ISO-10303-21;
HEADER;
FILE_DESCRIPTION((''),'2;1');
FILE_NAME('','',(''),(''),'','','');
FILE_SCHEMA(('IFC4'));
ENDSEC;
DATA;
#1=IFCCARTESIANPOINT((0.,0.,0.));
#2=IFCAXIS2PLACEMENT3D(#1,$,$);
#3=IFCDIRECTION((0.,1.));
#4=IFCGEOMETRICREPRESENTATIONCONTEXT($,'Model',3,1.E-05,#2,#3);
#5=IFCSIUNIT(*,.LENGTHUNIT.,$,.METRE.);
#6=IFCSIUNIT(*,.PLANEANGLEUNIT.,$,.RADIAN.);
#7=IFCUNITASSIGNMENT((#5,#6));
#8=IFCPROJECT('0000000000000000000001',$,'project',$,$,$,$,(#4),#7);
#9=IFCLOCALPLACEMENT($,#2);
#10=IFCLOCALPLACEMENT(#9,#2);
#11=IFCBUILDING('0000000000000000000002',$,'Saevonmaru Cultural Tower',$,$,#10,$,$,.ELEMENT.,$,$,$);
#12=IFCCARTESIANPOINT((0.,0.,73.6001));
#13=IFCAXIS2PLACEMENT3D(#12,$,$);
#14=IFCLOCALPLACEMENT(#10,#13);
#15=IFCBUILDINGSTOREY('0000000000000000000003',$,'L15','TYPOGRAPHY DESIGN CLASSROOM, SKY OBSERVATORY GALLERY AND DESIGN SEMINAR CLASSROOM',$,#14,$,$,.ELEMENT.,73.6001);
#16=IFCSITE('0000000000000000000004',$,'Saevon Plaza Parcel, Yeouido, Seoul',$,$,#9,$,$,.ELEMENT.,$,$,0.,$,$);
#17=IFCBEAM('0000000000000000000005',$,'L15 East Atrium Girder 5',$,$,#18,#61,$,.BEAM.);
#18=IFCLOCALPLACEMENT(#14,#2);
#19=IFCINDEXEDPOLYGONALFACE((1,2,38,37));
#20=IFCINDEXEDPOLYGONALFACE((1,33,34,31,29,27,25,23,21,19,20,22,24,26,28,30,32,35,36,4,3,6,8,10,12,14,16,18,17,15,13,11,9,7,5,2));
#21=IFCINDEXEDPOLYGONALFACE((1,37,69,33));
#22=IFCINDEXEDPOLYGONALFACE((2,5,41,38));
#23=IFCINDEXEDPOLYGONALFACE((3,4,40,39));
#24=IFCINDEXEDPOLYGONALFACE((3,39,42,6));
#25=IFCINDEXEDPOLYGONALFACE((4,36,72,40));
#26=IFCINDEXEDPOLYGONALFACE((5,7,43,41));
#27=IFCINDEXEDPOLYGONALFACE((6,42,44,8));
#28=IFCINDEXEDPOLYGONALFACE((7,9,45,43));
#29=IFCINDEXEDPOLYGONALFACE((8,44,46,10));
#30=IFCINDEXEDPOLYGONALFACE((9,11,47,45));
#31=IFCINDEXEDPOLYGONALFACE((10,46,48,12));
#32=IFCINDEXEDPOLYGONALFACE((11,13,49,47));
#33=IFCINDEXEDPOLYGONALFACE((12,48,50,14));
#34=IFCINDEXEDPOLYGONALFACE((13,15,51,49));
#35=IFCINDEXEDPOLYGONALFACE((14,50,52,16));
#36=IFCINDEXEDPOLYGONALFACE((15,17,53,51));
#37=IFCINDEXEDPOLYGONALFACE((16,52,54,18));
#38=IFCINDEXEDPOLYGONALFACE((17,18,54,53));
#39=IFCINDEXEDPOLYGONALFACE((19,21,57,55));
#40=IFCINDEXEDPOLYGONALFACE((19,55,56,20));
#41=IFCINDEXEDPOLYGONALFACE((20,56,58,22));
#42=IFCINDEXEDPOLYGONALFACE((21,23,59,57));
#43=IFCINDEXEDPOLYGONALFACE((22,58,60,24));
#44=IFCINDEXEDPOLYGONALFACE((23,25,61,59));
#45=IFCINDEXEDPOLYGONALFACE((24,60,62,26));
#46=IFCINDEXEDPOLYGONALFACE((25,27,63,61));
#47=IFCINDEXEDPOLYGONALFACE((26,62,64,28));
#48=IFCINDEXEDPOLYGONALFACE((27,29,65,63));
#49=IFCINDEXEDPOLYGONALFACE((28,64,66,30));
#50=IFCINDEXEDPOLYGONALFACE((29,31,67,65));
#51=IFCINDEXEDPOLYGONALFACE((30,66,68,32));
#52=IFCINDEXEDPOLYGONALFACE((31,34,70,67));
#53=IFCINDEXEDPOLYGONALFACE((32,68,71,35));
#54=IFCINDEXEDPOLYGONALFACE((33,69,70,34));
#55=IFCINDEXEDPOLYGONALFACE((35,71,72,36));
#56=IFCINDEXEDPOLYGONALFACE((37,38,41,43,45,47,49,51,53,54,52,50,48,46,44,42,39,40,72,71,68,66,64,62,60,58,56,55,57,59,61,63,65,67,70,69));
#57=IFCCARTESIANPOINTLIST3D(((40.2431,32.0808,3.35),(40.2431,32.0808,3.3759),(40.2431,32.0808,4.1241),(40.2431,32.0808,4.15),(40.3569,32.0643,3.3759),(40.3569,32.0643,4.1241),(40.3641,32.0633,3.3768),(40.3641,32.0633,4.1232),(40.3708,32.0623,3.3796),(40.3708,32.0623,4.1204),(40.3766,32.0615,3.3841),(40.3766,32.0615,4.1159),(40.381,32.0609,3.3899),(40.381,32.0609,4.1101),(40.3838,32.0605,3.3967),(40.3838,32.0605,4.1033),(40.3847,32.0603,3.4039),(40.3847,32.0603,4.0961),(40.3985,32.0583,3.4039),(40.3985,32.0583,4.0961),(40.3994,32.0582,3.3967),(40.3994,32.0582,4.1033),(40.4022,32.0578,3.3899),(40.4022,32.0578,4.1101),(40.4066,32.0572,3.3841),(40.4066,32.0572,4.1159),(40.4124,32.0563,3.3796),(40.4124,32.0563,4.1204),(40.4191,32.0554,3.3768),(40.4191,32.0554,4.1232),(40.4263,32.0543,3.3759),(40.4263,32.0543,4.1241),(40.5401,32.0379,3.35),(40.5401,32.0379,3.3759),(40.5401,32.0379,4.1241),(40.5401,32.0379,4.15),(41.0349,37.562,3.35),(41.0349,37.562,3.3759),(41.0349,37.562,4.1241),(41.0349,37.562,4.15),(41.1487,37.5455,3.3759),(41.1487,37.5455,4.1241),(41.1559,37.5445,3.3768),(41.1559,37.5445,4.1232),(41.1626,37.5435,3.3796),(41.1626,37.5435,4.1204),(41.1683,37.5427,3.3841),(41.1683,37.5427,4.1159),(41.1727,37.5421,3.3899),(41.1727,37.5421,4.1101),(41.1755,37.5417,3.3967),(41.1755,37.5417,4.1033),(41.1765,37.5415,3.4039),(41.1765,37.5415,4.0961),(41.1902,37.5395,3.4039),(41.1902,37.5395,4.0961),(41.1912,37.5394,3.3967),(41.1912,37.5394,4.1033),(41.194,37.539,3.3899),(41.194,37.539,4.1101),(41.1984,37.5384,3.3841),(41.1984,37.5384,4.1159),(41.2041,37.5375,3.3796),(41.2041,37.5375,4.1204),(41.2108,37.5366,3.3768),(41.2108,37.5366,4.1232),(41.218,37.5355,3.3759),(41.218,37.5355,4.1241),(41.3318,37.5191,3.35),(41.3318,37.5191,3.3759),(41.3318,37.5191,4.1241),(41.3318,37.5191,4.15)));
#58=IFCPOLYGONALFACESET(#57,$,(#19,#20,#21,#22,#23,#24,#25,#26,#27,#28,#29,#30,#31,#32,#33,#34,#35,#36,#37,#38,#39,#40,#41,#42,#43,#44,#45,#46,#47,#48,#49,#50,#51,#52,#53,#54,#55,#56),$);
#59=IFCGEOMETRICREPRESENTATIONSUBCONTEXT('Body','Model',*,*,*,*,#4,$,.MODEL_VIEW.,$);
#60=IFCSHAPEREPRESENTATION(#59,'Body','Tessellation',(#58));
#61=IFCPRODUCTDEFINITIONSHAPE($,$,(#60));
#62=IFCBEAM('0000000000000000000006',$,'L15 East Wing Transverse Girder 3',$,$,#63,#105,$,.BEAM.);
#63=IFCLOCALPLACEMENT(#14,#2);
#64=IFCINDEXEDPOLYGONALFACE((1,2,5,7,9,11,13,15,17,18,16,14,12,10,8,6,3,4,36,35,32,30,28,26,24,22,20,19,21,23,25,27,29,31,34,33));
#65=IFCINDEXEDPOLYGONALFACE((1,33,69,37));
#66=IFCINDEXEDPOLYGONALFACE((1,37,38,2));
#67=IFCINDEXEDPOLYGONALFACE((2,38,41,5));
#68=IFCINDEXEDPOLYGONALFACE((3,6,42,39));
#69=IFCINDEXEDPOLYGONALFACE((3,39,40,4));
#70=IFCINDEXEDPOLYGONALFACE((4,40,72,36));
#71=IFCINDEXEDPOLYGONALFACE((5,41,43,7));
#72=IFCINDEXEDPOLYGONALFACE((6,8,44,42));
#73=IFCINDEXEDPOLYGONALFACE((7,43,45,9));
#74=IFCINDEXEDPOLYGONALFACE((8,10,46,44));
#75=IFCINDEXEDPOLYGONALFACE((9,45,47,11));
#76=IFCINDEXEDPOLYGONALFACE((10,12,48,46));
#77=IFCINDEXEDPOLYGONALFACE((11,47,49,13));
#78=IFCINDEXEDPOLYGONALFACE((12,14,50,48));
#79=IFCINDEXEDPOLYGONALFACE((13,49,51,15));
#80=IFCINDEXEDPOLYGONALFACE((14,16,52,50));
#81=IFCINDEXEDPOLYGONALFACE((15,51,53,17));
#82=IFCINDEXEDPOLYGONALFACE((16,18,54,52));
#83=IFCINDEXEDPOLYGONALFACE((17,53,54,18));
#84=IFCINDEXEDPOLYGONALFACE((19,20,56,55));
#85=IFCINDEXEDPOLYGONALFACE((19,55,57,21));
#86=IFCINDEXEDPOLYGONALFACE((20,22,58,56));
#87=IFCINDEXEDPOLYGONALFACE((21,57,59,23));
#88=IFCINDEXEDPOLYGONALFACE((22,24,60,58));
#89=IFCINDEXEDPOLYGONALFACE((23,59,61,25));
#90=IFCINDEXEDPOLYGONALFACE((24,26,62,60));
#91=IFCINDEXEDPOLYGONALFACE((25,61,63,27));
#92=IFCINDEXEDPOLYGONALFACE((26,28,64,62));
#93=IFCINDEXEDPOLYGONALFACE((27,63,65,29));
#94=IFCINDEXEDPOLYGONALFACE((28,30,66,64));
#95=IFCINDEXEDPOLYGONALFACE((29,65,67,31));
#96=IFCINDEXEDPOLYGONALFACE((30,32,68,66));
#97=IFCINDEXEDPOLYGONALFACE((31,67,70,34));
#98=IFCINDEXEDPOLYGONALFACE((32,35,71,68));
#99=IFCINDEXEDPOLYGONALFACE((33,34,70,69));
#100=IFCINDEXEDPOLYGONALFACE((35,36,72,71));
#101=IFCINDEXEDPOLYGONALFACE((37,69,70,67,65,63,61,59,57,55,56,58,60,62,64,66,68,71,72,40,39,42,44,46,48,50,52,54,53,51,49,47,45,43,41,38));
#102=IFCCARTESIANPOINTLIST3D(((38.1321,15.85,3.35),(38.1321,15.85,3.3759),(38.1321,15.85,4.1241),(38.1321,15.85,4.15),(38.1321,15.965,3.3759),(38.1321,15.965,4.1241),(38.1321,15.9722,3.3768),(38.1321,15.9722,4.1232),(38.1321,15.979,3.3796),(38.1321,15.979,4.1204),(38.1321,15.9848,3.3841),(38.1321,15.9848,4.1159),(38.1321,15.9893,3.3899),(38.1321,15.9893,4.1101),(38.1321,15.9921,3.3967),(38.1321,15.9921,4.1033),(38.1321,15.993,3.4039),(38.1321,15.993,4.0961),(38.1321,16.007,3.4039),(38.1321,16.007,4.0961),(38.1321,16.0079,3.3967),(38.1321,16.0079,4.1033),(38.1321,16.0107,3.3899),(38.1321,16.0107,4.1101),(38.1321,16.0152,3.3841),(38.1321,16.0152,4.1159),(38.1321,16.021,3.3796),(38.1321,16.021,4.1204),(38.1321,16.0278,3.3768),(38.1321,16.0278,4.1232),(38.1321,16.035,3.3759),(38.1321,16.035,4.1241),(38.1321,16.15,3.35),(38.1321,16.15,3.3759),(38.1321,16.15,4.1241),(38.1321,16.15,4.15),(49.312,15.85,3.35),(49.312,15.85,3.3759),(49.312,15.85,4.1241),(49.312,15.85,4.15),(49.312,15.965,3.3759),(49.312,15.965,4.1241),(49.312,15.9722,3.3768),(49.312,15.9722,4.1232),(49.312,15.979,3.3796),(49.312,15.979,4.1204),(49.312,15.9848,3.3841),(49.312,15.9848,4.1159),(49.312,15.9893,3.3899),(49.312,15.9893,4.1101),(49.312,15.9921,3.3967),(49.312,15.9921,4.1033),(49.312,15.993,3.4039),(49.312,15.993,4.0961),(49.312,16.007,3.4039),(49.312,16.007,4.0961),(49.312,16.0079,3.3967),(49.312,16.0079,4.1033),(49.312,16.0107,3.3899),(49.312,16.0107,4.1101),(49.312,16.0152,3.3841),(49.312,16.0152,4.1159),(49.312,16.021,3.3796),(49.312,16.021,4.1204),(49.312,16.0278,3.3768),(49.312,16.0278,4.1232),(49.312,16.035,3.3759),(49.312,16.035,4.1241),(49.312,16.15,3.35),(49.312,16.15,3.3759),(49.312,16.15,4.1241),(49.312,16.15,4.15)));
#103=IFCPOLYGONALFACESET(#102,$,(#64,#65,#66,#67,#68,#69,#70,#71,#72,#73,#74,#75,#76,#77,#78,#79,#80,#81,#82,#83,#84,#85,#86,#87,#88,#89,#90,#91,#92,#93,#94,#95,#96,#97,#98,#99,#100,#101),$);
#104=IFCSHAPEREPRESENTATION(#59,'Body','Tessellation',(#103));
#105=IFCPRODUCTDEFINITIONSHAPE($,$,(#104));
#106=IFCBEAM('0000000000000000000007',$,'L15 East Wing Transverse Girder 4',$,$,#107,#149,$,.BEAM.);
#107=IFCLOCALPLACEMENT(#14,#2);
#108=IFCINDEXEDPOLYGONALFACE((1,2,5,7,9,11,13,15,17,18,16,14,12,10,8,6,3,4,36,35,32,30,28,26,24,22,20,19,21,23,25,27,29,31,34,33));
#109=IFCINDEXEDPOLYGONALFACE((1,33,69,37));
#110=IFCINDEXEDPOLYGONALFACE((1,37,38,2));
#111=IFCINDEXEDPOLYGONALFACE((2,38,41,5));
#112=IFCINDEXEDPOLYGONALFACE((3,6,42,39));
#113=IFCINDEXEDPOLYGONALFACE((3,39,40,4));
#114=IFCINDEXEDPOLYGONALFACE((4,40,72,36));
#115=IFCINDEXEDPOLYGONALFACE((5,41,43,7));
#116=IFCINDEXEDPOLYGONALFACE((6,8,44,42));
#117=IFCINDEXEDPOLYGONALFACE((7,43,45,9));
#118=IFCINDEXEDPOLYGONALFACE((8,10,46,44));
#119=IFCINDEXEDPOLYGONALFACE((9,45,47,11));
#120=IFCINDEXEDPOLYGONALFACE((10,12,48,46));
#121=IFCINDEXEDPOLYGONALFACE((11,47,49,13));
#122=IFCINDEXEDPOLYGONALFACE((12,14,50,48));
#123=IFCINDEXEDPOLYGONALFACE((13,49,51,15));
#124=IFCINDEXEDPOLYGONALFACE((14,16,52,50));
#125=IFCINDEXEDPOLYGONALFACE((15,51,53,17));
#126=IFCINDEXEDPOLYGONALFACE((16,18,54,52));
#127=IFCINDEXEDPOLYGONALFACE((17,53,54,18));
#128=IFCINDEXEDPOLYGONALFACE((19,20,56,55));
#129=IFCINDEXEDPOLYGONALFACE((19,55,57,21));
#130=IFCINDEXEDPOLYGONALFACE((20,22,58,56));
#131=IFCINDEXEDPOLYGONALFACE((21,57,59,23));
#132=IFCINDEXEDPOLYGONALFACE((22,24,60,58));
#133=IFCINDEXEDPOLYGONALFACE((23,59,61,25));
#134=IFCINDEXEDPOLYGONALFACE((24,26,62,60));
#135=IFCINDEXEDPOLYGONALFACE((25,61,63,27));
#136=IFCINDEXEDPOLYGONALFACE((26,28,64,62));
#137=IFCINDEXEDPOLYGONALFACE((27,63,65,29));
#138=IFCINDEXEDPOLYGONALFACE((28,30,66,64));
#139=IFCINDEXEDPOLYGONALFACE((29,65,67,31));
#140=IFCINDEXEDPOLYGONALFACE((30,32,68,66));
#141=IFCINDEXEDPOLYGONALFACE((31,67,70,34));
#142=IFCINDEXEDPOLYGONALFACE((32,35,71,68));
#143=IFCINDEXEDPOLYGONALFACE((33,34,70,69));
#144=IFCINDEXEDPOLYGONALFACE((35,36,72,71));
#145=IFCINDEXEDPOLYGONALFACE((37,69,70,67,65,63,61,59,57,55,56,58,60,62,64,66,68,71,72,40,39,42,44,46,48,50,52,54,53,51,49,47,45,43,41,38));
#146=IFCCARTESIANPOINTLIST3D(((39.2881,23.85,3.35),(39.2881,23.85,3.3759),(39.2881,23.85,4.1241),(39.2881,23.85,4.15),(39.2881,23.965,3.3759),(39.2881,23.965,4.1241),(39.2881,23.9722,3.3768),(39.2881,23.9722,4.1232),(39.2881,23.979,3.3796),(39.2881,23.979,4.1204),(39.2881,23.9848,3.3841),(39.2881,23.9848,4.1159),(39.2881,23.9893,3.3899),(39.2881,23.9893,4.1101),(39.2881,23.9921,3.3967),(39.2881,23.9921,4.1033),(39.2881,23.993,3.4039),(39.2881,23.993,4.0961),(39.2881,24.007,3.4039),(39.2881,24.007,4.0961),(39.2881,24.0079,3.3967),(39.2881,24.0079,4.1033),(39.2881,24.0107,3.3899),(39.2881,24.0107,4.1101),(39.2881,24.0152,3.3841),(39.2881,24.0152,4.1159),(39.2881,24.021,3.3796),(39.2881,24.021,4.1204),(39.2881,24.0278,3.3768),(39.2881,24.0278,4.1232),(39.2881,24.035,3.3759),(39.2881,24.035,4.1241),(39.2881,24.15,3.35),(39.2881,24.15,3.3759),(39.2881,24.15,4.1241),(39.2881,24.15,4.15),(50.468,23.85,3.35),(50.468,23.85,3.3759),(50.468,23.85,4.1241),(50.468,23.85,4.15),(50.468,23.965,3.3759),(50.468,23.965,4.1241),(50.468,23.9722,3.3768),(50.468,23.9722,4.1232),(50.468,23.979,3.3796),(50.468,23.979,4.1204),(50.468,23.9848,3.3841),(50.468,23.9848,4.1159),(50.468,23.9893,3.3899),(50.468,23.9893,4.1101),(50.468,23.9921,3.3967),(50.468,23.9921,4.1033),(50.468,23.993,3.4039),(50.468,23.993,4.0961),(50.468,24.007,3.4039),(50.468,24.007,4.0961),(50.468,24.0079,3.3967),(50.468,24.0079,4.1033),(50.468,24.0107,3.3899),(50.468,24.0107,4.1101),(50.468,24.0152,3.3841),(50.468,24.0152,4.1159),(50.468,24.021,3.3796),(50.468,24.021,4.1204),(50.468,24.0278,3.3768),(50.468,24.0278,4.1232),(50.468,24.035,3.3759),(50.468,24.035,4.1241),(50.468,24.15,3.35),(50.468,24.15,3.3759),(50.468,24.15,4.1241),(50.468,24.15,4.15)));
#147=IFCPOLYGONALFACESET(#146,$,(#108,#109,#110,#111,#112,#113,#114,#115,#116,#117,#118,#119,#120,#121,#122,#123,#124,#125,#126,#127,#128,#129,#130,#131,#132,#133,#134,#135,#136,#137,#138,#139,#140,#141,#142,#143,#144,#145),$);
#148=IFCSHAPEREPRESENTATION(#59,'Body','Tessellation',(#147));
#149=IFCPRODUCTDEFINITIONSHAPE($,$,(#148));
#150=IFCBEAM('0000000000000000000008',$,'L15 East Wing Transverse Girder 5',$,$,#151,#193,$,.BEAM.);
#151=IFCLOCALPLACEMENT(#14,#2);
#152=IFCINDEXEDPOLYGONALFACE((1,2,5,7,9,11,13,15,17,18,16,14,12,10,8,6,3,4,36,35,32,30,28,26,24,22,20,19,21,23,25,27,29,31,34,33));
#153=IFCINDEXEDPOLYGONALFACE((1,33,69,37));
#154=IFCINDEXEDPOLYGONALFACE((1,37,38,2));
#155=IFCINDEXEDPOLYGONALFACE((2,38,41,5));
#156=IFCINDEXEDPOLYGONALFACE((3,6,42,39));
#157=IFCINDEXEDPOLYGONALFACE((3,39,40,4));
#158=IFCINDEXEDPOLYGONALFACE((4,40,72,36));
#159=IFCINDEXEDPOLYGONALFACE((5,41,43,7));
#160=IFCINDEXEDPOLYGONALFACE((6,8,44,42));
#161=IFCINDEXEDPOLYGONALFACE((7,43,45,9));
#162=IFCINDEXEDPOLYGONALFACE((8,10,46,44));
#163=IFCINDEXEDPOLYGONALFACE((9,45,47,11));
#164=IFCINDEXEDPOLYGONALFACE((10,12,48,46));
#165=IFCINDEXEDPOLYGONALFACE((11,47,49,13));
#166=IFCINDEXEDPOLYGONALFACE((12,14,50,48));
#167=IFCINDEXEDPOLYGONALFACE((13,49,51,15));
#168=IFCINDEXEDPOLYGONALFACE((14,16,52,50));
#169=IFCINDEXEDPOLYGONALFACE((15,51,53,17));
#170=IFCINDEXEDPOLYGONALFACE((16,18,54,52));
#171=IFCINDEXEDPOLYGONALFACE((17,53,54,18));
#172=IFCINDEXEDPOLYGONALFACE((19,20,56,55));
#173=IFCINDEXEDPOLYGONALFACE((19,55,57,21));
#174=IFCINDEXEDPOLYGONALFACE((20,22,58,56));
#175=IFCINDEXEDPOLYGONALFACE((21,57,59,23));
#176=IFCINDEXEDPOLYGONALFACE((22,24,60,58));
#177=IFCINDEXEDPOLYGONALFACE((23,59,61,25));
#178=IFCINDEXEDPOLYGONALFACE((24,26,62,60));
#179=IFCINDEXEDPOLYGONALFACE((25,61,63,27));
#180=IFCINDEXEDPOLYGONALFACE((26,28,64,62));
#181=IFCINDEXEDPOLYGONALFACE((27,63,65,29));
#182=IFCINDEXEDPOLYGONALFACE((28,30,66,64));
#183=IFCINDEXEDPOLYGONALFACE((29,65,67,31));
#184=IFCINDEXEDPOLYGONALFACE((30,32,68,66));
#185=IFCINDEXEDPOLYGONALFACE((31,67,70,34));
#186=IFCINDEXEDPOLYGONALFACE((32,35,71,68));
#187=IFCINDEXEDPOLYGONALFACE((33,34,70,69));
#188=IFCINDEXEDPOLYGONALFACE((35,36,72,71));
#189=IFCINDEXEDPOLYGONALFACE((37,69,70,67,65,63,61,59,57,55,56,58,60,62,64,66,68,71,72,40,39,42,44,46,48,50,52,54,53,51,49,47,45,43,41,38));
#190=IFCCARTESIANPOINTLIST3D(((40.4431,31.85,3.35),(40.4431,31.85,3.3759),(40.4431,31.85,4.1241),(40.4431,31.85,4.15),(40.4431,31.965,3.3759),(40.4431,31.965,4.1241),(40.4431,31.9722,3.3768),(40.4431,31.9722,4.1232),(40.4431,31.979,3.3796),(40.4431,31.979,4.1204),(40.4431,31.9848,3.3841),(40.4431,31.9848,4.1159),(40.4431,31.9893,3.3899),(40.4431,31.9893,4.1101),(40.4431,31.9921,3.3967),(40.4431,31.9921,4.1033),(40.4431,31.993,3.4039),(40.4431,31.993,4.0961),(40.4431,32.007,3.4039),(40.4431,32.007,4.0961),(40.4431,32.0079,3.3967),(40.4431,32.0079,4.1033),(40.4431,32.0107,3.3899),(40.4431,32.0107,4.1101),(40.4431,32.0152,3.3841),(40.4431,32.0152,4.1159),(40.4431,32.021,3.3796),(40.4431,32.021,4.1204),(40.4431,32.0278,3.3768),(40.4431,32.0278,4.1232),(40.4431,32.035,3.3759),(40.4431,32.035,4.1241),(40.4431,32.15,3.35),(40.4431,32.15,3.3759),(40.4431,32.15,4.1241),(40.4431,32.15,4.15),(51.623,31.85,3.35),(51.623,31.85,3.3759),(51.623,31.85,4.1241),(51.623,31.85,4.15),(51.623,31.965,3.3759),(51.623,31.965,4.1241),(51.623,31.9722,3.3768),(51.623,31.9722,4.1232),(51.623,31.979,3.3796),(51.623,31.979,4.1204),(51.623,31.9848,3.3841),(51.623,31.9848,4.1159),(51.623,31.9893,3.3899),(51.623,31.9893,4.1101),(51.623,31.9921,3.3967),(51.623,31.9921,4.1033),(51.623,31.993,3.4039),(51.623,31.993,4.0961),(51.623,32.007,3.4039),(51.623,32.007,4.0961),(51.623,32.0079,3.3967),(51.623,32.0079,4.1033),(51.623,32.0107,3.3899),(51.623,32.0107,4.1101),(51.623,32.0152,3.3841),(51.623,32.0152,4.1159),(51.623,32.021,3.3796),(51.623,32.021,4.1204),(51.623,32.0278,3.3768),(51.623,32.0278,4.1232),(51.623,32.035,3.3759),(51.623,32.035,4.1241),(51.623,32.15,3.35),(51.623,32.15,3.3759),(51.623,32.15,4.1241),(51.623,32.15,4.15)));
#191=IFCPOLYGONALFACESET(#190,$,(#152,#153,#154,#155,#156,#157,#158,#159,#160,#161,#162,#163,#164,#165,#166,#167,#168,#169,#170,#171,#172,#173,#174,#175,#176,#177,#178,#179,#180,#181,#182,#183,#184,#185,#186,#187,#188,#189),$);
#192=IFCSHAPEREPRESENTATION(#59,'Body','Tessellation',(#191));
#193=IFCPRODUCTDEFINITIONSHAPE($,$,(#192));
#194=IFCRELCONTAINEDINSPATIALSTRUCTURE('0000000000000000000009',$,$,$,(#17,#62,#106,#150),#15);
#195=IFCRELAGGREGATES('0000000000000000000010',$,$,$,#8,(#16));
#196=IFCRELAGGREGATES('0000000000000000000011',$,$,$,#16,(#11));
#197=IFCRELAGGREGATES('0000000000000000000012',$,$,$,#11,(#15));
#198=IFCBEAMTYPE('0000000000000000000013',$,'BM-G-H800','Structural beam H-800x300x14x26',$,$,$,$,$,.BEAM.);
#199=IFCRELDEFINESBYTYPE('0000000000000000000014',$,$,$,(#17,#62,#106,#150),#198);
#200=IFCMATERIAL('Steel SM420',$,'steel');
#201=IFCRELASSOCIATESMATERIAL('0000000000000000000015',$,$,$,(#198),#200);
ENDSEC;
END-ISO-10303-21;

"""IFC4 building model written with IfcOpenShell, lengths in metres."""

from ifc_helpers import new_model, si_unit, direction, frame, origin, origin_2d, place, context, subcontext, project, spatial, i_section, extrude, material, material_profile, profile_set, type_object, element, save


model = new_model("IFC4")

# Units and contexts
model_context = context("Model", 3, precision=1e-05, world=origin(), true_north=direction((0.0, 1.0)))
body_context = subcontext(model_context, "Body", "Model", "MODEL_VIEW")
ifc_project = project(units=[si_unit("LENGTHUNIT", "METRE"), si_unit("PLANEANGLEUNIT", "RADIAN")], contexts=[model_context])

# Site, building, storey
site_placement = place(None, origin())
site = spatial("IfcSite", under=ifc_project, at=site_placement, Name="Saevon Plaza Parcel, Yeouido, Seoul", CompositionType="ELEMENT", RefElevation=0.0)
building_placement = place(site_placement, origin())
building = spatial("IfcBuilding", under=site, at=building_placement, Name="Saevonmaru Cultural Tower", CompositionType="ELEMENT")
storey_placement = place(building_placement, frame((0.0, 0.0, 73.6001)))
storey = spatial("IfcBuildingStorey", under=building, at=storey_placement, Name="L15", Description="TYPOGRAPHY DESIGN CLASSROOM, SKY OBSERVATORY GALLERY AND DESIGN SEMINAR CLASSROOM", CompositionType="ELEMENT", Elevation=73.6001)

# Shared definitions
ifc_material_1 = material(Name="Steel SM420", Category="steel")

# Beams
ifc_material_profile_1 = material_profile(ifc_material_1, i_section(OverallWidth=0.3, OverallDepth=0.8, WebThickness=0.0139, FlangeThickness=0.0259, FilletRadius=0.0281, at=origin_2d()), Name="H-800x300x14x26")
ifc_profile_set_1 = profile_set([ifc_material_profile_1], Name="Steel SM420")
beam_type_1 = type_object("IfcBeamType", Name="BM-G-H800", Description="Structural beam H-800x300x14x26", PredefinedType="BEAM", material=ifc_profile_set_1)
beam_1_placement = place(storey_placement, frame((40.3916, 32.0593, 3.75), z_axis=(0.142964, 0.989728, 0.0), x_axis=(-0.989728, 0.142964, 0.0)))
element("IfcBeam", 1, at=beam_1_placement, inside=storey, type_object=beam_type_1, Name="L15 East Atrium Girder 5", PredefinedType="BEAM", context=body_context, shape_type="SweptSolid", body=[
    extrude(i_section(OverallWidth=0.3, OverallDepth=0.8, WebThickness=0.0139, FlangeThickness=0.0259, FilletRadius=0.0281, at=origin_2d()), origin(), (0.0, 0.0, 1.0), 5.5381),
])
for number, where, z_axis, x_axis, name in (
    (2, (38.1321, 16.0, 3.75), (1.0, 0.0, 0.0), (0.0, 1.0, 0.0), "L15 East Wing Transverse Girder 3"),
    (3, (39.2881, 24.0, 3.75), (1.0, 0.0, 0.0), (0.0, 1.0, 0.0), "L15 East Wing Transverse Girder 4"),
    (4, (40.4431, 32.0, 3.75), (1.0, 0.0, 0.0), (0.0, 1.0, 0.0), "L15 East Wing Transverse Girder 5"),
):
    element("IfcBeam", number, at=place(storey_placement, frame(where, z_axis=z_axis, x_axis=x_axis)), inside=storey, type_object=beam_type_1, Name=name, PredefinedType="BEAM", context=body_context, shape_type="SweptSolid", body=[
        extrude(i_section(OverallWidth=0.3, OverallDepth=0.8, WebThickness=0.0139, FlangeThickness=0.0259, FilletRadius=0.0281, at=origin_2d()), origin(), (0.0, 0.0, 1.0), 11.1799),
    ])

save(model, "model.ifc")
